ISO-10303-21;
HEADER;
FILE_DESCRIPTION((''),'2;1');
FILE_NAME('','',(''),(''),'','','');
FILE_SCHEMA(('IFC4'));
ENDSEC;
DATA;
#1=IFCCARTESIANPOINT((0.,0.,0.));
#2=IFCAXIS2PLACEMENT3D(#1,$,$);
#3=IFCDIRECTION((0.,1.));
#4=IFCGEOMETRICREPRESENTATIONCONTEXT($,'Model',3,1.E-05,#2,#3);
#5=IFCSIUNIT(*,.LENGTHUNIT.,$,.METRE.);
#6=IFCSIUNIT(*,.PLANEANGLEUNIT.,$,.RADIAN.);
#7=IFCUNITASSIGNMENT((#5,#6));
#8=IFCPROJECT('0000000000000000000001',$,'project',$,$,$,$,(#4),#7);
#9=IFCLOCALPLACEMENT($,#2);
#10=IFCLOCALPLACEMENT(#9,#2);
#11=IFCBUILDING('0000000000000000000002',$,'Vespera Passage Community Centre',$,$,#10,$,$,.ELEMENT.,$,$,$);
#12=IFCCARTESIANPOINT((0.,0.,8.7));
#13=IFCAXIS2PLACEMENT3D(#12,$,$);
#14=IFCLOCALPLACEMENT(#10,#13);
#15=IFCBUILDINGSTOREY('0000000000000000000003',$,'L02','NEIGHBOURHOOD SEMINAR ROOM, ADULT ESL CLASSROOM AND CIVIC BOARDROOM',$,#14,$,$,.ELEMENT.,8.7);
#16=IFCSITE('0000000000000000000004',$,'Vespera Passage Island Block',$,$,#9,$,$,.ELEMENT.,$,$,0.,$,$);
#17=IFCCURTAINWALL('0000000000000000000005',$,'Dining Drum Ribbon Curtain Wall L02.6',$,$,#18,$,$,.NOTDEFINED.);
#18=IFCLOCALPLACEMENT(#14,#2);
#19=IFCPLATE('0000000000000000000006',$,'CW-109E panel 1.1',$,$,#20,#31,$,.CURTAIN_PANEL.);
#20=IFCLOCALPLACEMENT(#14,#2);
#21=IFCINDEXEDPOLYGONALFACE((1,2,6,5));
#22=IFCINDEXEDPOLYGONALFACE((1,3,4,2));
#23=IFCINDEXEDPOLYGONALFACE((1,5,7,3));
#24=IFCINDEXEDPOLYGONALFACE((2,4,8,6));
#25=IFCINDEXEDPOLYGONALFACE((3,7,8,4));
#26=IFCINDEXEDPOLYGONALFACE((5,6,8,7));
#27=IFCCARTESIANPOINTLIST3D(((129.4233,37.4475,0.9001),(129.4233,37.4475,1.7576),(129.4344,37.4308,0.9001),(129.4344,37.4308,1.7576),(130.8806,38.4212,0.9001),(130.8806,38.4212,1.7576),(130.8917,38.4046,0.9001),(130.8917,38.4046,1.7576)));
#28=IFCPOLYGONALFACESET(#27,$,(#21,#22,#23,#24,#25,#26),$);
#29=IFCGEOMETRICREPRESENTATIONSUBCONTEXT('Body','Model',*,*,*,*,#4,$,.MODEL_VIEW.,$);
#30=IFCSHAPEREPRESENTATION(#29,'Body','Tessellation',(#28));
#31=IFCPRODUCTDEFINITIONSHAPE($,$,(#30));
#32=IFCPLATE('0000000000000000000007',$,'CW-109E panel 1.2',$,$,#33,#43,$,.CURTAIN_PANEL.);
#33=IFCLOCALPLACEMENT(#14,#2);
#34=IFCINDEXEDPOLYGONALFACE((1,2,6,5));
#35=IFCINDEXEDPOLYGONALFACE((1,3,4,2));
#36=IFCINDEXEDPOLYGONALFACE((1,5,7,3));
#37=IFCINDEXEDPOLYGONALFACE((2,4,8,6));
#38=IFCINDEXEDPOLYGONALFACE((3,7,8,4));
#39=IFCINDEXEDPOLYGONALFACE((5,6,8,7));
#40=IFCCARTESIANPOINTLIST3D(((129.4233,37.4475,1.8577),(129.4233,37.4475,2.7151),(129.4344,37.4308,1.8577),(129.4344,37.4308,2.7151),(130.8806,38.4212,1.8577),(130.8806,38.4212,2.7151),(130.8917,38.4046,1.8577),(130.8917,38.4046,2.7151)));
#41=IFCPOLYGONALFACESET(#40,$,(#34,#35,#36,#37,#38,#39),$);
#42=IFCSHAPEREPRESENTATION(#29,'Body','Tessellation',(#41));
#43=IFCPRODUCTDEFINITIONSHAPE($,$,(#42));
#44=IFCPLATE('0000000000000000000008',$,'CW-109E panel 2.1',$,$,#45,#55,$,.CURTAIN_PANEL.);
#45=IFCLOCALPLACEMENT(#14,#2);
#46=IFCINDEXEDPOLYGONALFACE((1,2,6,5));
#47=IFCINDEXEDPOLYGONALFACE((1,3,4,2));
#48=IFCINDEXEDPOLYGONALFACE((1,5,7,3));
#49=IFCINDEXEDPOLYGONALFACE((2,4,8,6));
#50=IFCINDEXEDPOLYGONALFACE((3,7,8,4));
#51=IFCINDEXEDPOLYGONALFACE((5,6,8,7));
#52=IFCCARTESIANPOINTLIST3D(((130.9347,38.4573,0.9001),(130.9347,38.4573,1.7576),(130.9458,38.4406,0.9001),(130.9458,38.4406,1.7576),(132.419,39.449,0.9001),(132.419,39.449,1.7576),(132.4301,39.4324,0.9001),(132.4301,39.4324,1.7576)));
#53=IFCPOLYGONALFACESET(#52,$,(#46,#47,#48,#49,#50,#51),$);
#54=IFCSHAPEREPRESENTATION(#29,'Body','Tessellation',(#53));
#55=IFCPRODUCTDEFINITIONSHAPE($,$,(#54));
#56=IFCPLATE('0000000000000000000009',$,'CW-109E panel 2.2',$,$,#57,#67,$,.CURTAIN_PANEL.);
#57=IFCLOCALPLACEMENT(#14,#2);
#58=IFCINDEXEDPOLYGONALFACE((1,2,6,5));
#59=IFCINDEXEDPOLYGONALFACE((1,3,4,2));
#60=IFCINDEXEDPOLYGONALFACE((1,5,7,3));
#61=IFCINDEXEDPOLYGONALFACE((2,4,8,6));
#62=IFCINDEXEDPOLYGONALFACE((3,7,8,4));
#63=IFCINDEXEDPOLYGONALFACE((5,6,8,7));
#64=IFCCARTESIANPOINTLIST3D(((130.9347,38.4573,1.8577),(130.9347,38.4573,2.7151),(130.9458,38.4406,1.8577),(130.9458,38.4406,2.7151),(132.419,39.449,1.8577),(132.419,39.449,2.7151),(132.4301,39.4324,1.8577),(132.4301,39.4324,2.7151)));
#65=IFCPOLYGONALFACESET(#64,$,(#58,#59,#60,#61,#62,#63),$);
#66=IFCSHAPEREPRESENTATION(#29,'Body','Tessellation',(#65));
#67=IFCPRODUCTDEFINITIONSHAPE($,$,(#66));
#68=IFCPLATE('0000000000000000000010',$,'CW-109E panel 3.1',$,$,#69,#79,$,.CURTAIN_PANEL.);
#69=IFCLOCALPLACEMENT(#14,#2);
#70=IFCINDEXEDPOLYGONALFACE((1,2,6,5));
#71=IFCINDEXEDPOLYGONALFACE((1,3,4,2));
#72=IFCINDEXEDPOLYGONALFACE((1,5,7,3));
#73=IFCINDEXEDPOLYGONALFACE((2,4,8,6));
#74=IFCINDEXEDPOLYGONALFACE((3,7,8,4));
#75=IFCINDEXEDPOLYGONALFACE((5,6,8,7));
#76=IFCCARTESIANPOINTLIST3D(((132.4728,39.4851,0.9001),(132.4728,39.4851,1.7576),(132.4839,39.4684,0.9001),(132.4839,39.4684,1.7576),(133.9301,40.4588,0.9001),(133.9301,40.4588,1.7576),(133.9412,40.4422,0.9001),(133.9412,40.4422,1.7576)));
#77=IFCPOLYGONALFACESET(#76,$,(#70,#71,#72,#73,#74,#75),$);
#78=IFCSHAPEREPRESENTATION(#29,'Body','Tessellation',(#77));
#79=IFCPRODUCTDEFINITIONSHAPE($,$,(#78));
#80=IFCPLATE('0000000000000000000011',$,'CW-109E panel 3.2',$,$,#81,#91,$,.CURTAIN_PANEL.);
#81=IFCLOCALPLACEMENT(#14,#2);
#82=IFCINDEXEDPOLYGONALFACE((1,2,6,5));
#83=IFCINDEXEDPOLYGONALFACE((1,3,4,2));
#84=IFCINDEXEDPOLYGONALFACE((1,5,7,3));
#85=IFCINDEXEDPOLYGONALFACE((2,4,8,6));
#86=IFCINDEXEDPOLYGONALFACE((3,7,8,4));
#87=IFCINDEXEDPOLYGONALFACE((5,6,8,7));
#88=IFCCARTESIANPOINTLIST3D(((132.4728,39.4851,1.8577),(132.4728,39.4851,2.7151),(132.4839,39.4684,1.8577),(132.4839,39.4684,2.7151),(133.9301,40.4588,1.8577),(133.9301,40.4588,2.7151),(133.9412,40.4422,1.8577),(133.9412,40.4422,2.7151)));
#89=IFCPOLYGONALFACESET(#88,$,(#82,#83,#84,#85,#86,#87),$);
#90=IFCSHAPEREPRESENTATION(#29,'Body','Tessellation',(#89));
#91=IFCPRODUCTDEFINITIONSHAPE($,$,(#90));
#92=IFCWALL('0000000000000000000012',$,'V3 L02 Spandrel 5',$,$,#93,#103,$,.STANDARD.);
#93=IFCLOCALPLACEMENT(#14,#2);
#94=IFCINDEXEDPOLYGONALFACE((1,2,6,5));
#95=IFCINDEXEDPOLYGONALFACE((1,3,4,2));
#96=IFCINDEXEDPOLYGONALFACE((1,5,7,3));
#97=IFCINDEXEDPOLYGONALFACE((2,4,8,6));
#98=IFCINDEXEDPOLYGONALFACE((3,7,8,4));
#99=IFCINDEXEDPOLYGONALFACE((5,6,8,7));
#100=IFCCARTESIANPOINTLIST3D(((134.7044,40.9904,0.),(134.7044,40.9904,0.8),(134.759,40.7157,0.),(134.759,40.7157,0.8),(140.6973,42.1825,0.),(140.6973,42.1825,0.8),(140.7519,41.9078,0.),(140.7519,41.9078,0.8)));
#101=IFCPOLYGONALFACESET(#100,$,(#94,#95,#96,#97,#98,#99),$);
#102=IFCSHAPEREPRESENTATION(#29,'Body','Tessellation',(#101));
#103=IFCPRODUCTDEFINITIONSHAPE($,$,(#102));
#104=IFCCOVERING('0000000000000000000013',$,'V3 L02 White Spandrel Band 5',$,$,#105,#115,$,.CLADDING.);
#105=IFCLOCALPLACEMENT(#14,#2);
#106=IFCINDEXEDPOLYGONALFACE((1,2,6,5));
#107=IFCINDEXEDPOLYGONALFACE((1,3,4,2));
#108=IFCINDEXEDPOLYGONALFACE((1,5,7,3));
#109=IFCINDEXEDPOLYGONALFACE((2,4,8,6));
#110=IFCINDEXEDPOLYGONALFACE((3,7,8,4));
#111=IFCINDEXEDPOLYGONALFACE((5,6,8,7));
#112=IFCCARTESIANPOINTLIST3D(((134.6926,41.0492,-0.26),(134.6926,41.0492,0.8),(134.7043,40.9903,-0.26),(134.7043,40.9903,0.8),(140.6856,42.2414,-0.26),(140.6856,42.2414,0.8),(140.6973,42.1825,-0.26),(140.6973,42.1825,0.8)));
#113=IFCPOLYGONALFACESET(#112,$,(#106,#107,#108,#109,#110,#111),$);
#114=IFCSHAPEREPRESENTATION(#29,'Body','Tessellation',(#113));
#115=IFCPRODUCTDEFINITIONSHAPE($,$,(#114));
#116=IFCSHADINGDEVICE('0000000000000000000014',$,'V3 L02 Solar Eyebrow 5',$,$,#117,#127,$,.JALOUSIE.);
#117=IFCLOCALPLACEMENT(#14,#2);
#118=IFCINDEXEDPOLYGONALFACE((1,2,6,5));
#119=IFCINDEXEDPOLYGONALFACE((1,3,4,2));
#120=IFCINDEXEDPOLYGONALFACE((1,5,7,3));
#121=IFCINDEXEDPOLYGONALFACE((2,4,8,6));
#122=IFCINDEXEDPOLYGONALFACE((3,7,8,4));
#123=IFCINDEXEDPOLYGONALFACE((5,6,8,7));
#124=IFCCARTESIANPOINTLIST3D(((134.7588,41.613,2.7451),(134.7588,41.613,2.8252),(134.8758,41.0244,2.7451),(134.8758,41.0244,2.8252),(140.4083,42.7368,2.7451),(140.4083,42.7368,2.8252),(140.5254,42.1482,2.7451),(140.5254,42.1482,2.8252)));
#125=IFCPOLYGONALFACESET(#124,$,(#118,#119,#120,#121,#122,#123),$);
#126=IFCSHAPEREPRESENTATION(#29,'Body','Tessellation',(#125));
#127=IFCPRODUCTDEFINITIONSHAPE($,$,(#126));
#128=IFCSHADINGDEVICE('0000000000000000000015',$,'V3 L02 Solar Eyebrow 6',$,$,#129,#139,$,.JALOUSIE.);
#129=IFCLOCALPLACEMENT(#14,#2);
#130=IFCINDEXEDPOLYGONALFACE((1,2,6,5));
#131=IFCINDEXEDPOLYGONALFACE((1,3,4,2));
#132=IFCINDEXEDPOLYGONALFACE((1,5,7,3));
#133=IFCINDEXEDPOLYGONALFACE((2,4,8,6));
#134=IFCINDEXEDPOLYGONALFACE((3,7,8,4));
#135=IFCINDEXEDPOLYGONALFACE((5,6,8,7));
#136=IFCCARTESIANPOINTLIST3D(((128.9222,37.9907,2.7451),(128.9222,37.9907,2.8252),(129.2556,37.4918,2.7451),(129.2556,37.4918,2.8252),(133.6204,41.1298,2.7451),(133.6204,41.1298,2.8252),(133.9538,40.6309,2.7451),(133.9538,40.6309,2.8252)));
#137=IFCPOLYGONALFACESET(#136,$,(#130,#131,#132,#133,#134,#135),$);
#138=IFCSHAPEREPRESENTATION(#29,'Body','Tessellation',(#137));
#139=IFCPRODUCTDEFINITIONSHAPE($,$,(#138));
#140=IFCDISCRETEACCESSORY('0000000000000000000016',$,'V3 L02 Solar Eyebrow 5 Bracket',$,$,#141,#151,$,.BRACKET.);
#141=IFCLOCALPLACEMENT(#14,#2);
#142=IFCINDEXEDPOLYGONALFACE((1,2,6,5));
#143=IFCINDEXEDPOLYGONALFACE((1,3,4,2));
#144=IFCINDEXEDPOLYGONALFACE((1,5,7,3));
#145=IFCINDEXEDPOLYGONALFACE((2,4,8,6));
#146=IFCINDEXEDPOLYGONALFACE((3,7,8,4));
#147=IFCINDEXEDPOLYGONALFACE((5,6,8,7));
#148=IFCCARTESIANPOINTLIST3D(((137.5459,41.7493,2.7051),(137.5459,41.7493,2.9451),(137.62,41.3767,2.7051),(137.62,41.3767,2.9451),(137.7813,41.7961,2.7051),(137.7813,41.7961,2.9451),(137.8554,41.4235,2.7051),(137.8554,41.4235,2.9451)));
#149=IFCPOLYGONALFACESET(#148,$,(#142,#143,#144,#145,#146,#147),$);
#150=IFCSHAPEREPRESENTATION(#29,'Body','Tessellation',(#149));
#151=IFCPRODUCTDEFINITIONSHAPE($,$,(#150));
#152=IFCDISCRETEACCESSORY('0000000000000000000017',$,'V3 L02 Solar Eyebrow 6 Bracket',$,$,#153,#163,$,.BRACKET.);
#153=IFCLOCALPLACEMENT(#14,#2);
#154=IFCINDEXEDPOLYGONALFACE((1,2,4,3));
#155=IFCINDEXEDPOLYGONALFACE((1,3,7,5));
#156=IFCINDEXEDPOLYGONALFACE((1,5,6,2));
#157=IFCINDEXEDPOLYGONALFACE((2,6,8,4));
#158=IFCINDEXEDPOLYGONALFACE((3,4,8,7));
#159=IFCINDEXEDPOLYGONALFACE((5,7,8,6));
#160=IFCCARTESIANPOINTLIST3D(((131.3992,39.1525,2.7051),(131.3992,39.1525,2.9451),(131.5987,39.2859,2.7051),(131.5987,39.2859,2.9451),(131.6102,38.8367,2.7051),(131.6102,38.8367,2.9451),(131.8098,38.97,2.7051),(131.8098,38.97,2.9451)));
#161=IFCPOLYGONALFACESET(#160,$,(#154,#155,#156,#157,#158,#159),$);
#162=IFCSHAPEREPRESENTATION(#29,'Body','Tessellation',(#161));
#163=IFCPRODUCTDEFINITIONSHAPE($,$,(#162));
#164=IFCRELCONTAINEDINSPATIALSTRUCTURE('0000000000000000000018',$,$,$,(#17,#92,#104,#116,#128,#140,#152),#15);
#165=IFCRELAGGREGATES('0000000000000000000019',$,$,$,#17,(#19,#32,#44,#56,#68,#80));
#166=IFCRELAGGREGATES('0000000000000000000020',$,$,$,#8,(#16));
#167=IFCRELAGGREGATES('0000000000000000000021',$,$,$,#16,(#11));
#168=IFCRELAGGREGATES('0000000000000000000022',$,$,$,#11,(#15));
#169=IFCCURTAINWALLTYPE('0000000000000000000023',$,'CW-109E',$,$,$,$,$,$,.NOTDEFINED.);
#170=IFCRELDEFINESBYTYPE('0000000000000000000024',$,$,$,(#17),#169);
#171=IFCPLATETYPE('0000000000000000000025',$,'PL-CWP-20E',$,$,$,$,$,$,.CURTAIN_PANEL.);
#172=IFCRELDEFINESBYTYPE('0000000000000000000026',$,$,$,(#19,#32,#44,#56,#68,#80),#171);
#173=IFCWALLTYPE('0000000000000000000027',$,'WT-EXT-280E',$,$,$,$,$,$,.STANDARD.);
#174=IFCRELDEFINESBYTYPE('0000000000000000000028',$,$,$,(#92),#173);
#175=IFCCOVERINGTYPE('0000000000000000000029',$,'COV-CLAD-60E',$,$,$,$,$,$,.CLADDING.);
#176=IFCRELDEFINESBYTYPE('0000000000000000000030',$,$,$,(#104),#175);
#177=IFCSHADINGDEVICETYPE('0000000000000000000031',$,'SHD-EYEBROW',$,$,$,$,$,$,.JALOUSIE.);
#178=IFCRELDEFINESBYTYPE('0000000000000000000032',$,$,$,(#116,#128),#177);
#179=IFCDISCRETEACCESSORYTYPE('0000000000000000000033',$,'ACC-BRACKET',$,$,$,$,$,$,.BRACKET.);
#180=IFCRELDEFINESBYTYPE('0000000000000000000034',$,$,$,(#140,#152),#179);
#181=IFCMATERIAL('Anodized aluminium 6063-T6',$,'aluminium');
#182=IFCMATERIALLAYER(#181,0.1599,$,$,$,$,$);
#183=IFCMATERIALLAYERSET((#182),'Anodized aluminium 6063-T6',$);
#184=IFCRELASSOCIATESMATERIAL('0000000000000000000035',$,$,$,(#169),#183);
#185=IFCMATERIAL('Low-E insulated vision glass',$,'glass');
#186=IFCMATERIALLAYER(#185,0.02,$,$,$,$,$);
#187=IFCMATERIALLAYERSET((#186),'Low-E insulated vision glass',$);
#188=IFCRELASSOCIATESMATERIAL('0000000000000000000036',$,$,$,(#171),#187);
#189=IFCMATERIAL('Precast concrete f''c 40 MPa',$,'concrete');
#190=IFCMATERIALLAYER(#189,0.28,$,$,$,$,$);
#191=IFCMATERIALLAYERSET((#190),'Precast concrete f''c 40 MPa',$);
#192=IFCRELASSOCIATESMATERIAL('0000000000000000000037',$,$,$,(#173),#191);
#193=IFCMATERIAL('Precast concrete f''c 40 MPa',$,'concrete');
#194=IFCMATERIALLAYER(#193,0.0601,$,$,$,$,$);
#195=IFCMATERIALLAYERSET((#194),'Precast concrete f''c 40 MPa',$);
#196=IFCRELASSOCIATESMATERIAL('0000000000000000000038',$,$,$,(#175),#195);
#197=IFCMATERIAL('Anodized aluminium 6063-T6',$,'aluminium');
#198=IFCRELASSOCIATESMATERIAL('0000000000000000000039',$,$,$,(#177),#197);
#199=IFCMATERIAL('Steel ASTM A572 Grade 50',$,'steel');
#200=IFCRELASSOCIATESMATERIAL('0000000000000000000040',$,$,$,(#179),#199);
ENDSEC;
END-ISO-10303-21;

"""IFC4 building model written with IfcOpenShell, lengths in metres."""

from ifc_helpers import new_model, si_unit, direction, frame, frame_2d, origin, origin_2d, place, context, subcontext, project, spatial, rectangle, extrude, material, layer, layer_set, type_object, element, aggregate, save


model = new_model("IFC4")

# Units and contexts
model_context = context("Model", 3, precision=1e-05, world=origin(), true_north=direction((0.0, 1.0)))
body_context = subcontext(model_context, "Body", "Model", "MODEL_VIEW")
ifc_project = project(units=[si_unit("LENGTHUNIT", "METRE"), si_unit("PLANEANGLEUNIT", "RADIAN")], contexts=[model_context])

# Site, building, storey
site_placement = place(None, origin())
site = spatial("IfcSite", under=ifc_project, at=site_placement, Name="Vespera Passage Island Block", CompositionType="ELEMENT", RefElevation=0.0)
building_placement = place(site_placement, origin())
building = spatial("IfcBuilding", under=site, at=building_placement, Name="Vespera Passage Community Centre", CompositionType="ELEMENT")
storey_placement = place(building_placement, frame((0.0, 0.0, 8.7)))
storey = spatial("IfcBuildingStorey", under=building, at=storey_placement, Name="L02", Description="NEIGHBOURHOOD SEMINAR ROOM, ADULT ESL CLASSROOM AND CIVIC BOARDROOM", CompositionType="ELEMENT", Elevation=8.7)

# Curtain wall
ifc_material_1 = material(Name="Anodized aluminium 6063-T6", Category="aluminium")
ifc_layer_1 = layer(ifc_material_1, 0.1599)
ifc_layer_set_1 = layer_set([ifc_layer_1], Name="Anodized aluminium 6063-T6")
curtain_wall_type_1 = type_object("IfcCurtainWallType", Name="CW-109E", PredefinedType="NOTDEFINED", material=ifc_layer_set_1)
curtain_wall_1_placement = place(storey_placement, origin())
curtain_wall_1 = element("IfcCurtainWall", 1, at=curtain_wall_1_placement, inside=storey, type_object=curtain_wall_type_1, Name="Dining Drum Ribbon Curtain Wall L02.6", PredefinedType="NOTDEFINED")

# Plates
ifc_material_2 = material(Name="Low-E insulated vision glass", Category="glass")
ifc_layer_2 = layer(ifc_material_2, 0.02)
ifc_layer_set_2 = layer_set([ifc_layer_2], Name="Low-E insulated vision glass")
plate_type = type_object("IfcPlateType", Name="PL-CWP-20E", PredefinedType="CURTAIN_PANEL", material=ifc_layer_set_2)
plate_1_placement = place(storey_placement, frame((130.1575, 37.926, 0.9001), z_axis=(0.0, 0.0, 1.0), x_axis=(0.831473, 0.555565, 0.0)))
plate_1 = element("IfcPlate", 2, at=plate_1_placement, type_object=plate_type, Name="CW-109E panel 1.1", PredefinedType="CURTAIN_PANEL", context=body_context, shape_type="SweptSolid", body=[
    extrude(rectangle(XDim=1.7527, YDim=0.02, at=origin_2d()), origin(), (0.0, 0.0, 1.0), 0.8574),
])
plate_2_placement = place(storey_placement, frame((130.1575, 37.926, 1.8577), z_axis=(0.0, 0.0, 1.0), x_axis=(0.831473, 0.555565, 0.0)))
plate_2 = element("IfcPlate", 3, at=plate_2_placement, type_object=plate_type, Name="CW-109E panel 1.2", PredefinedType="CURTAIN_PANEL", context=body_context, shape_type="SweptSolid", body=[
    extrude(rectangle(XDim=1.7527, YDim=0.02, at=origin_2d()), origin(), (0.0, 0.0, 1.0), 0.8574),
])
plate_3_placement = place(storey_placement, frame((131.6824, 38.9448, 0.9001), z_axis=(0.0, 0.0, 1.0), x_axis=(0.831473, 0.555565, 0.0)))
plate_3 = element("IfcPlate", 4, at=plate_3_placement, type_object=plate_type, Name="CW-109E panel 2.1", PredefinedType="CURTAIN_PANEL", context=body_context, shape_type="SweptSolid", body=[
    extrude(rectangle(XDim=1.7852, YDim=0.02, at=origin_2d()), origin(), (0.0, 0.0, 1.0), 0.8574),
])
plate_4_placement = place(storey_placement, frame((131.6824, 38.9448, 1.8577), z_axis=(0.0, 0.0, 1.0), x_axis=(0.831473, 0.555565, 0.0)))
plate_4 = element("IfcPlate", 5, at=plate_4_placement, type_object=plate_type, Name="CW-109E panel 2.2", PredefinedType="CURTAIN_PANEL", context=body_context, shape_type="SweptSolid", body=[
    extrude(rectangle(XDim=1.7852, YDim=0.02, at=origin_2d()), origin(), (0.0, 0.0, 1.0), 0.8574),
])
plate_5_placement = place(storey_placement, frame((133.207, 39.9636, 0.9001), z_axis=(0.0, 0.0, 1.0), x_axis=(0.831473, 0.555565, 0.0)))
plate_5 = element("IfcPlate", 6, at=plate_5_placement, type_object=plate_type, Name="CW-109E panel 3.1", PredefinedType="CURTAIN_PANEL", context=body_context, shape_type="SweptSolid", body=[
    extrude(rectangle(XDim=1.7527, YDim=0.02, at=origin_2d()), origin(), (0.0, 0.0, 1.0), 0.8574),
])
plate_6_placement = place(storey_placement, frame((133.207, 39.9636, 1.8577), z_axis=(0.0, 0.0, 1.0), x_axis=(0.831473, 0.555565, 0.0)))
plate_6 = element("IfcPlate", 7, at=plate_6_placement, type_object=plate_type, Name="CW-109E panel 3.2", PredefinedType="CURTAIN_PANEL", context=body_context, shape_type="SweptSolid", body=[
    extrude(rectangle(XDim=1.7527, YDim=0.02, at=origin_2d()), origin(), (0.0, 0.0, 1.0), 0.8574),
])
aggregate(curtain_wall_1, [plate_1, plate_2, plate_3, plate_4, plate_5, plate_6])

# Wall
ifc_material_3 = material(Name="Precast concrete f'c 40 MPa", Category="concrete")
ifc_layer_3 = layer(ifc_material_3, 0.28)
ifc_layer_set_3 = layer_set([ifc_layer_3], Name="Precast concrete f'c 40 MPa")
wall_type = type_object("IfcWallType", Name="WT-EXT-280E", PredefinedType="STANDARD", material=ifc_layer_set_3)
wall_placement = place(storey_placement, frame((134.7317, 40.853, 0.0), z_axis=(0.0, 0.0, 1.0), x_axis=(0.980783, 0.195102, 0.0)))
element("IfcWall", 8, at=wall_placement, inside=storey, type_object=wall_type, Name="V3 L02 Spandrel 5", PredefinedType="STANDARD", context=body_context, shape_type="SweptSolid", body=[
    extrude(rectangle(XDim=6.1104, YDim=0.28, at=frame_2d((3.0552, 0.0))), origin(), (0.0, 0.0, 1.0), 0.8),
])

# Covering
ifc_material_4 = material(Name="Precast concrete f'c 40 MPa", Category="concrete")
ifc_layer_4 = layer(ifc_material_4, 0.0601)
ifc_layer_set_4 = layer_set([ifc_layer_4], Name="Precast concrete f'c 40 MPa")
covering_type = type_object("IfcCoveringType", Name="COV-CLAD-60E", PredefinedType="CLADDING", material=ifc_layer_set_4)
covering_placement = place(storey_placement, frame((134.6985, 41.0198, -0.26), z_axis=(0.0, 0.0, 1.0), x_axis=(0.980783, 0.195102, 0.0)))
element("IfcCovering", 9, at=covering_placement, inside=storey, type_object=covering_type, Name="V3 L02 White Spandrel Band 5", PredefinedType="CLADDING", context=body_context, shape_type="SweptSolid", body=[
    extrude(rectangle(XDim=6.1104, YDim=0.0601, at=frame_2d((3.0552, 0.0))), origin(), (0.0, 0.0, 1.0), 1.0601),
])

# Shading devices
ifc_material_5 = material(Name="Anodized aluminium 6063-T6", Category="aluminium")
shading_device_type = type_object("IfcShadingDeviceType", Name="SHD-EYEBROW", PredefinedType="JALOUSIE", material=ifc_material_5)
shading_device_1_placement = place(storey_placement, frame((137.6421, 41.8806, 2.7451), z_axis=(0.0, 0.0, 1.0), x_axis=(0.980785, 0.19509, 0.0)))
element("IfcShadingDevice", 10, at=shading_device_1_placement, inside=storey, type_object=shading_device_type, Name="V3 L02 Solar Eyebrow 5", PredefinedType="JALOUSIE", context=body_context, shape_type="SweptSolid", body=[
    extrude(rectangle(XDim=5.7603, YDim=0.6001, at=origin_2d()), origin(), (0.0, 0.0, 1.0), 0.0801),
])
shading_device_2_placement = place(storey_placement, frame((131.438, 39.3108, 2.7451), z_axis=(0.0, 0.0, 1.0), x_axis=(0.831479, 0.555556, 0.0)))
element("IfcShadingDevice", 11, at=shading_device_2_placement, inside=storey, type_object=shading_device_type, Name="V3 L02 Solar Eyebrow 6", PredefinedType="JALOUSIE", context=body_context, shape_type="SweptSolid", body=[
    extrude(rectangle(XDim=5.6504, YDim=0.6001, at=origin_2d()), origin(), (0.0, 0.0, 1.0), 0.0801),
])

# Discrete accessories
ifc_material_6 = material(Name="Steel ASTM A572 Grade 50", Category="steel")
discrete_accessory_type = type_object("IfcDiscreteAccessoryType", Name="ACC-BRACKET", PredefinedType="BRACKET", material=ifc_material_6)
for number, where, z_axis, x_axis, name in (
    (12, (137.7007, 41.5864, 2.7051), (0.0, 0.0, 1.0), (0.980785, 0.19509, 0.0), "V3 L02 Solar Eyebrow 5 Bracket"),
    (13, (131.6045, 39.0613, 2.7051), (0.0, 0.0, 1.0), (0.831479, 0.555556, 0.0), "V3 L02 Solar Eyebrow 6 Bracket"),
):
    element("IfcDiscreteAccessory", number, at=place(storey_placement, frame(where, z_axis=z_axis, x_axis=x_axis)), inside=storey, type_object=discrete_accessory_type, Name=name, PredefinedType="BRACKET", context=body_context, shape_type="SweptSolid", body=[
        extrude(rectangle(XDim=0.24, YDim=0.3799, at=origin_2d()), origin(), (0.0, 0.0, 1.0), 0.24),
    ])

save(model, "model.ifc")
